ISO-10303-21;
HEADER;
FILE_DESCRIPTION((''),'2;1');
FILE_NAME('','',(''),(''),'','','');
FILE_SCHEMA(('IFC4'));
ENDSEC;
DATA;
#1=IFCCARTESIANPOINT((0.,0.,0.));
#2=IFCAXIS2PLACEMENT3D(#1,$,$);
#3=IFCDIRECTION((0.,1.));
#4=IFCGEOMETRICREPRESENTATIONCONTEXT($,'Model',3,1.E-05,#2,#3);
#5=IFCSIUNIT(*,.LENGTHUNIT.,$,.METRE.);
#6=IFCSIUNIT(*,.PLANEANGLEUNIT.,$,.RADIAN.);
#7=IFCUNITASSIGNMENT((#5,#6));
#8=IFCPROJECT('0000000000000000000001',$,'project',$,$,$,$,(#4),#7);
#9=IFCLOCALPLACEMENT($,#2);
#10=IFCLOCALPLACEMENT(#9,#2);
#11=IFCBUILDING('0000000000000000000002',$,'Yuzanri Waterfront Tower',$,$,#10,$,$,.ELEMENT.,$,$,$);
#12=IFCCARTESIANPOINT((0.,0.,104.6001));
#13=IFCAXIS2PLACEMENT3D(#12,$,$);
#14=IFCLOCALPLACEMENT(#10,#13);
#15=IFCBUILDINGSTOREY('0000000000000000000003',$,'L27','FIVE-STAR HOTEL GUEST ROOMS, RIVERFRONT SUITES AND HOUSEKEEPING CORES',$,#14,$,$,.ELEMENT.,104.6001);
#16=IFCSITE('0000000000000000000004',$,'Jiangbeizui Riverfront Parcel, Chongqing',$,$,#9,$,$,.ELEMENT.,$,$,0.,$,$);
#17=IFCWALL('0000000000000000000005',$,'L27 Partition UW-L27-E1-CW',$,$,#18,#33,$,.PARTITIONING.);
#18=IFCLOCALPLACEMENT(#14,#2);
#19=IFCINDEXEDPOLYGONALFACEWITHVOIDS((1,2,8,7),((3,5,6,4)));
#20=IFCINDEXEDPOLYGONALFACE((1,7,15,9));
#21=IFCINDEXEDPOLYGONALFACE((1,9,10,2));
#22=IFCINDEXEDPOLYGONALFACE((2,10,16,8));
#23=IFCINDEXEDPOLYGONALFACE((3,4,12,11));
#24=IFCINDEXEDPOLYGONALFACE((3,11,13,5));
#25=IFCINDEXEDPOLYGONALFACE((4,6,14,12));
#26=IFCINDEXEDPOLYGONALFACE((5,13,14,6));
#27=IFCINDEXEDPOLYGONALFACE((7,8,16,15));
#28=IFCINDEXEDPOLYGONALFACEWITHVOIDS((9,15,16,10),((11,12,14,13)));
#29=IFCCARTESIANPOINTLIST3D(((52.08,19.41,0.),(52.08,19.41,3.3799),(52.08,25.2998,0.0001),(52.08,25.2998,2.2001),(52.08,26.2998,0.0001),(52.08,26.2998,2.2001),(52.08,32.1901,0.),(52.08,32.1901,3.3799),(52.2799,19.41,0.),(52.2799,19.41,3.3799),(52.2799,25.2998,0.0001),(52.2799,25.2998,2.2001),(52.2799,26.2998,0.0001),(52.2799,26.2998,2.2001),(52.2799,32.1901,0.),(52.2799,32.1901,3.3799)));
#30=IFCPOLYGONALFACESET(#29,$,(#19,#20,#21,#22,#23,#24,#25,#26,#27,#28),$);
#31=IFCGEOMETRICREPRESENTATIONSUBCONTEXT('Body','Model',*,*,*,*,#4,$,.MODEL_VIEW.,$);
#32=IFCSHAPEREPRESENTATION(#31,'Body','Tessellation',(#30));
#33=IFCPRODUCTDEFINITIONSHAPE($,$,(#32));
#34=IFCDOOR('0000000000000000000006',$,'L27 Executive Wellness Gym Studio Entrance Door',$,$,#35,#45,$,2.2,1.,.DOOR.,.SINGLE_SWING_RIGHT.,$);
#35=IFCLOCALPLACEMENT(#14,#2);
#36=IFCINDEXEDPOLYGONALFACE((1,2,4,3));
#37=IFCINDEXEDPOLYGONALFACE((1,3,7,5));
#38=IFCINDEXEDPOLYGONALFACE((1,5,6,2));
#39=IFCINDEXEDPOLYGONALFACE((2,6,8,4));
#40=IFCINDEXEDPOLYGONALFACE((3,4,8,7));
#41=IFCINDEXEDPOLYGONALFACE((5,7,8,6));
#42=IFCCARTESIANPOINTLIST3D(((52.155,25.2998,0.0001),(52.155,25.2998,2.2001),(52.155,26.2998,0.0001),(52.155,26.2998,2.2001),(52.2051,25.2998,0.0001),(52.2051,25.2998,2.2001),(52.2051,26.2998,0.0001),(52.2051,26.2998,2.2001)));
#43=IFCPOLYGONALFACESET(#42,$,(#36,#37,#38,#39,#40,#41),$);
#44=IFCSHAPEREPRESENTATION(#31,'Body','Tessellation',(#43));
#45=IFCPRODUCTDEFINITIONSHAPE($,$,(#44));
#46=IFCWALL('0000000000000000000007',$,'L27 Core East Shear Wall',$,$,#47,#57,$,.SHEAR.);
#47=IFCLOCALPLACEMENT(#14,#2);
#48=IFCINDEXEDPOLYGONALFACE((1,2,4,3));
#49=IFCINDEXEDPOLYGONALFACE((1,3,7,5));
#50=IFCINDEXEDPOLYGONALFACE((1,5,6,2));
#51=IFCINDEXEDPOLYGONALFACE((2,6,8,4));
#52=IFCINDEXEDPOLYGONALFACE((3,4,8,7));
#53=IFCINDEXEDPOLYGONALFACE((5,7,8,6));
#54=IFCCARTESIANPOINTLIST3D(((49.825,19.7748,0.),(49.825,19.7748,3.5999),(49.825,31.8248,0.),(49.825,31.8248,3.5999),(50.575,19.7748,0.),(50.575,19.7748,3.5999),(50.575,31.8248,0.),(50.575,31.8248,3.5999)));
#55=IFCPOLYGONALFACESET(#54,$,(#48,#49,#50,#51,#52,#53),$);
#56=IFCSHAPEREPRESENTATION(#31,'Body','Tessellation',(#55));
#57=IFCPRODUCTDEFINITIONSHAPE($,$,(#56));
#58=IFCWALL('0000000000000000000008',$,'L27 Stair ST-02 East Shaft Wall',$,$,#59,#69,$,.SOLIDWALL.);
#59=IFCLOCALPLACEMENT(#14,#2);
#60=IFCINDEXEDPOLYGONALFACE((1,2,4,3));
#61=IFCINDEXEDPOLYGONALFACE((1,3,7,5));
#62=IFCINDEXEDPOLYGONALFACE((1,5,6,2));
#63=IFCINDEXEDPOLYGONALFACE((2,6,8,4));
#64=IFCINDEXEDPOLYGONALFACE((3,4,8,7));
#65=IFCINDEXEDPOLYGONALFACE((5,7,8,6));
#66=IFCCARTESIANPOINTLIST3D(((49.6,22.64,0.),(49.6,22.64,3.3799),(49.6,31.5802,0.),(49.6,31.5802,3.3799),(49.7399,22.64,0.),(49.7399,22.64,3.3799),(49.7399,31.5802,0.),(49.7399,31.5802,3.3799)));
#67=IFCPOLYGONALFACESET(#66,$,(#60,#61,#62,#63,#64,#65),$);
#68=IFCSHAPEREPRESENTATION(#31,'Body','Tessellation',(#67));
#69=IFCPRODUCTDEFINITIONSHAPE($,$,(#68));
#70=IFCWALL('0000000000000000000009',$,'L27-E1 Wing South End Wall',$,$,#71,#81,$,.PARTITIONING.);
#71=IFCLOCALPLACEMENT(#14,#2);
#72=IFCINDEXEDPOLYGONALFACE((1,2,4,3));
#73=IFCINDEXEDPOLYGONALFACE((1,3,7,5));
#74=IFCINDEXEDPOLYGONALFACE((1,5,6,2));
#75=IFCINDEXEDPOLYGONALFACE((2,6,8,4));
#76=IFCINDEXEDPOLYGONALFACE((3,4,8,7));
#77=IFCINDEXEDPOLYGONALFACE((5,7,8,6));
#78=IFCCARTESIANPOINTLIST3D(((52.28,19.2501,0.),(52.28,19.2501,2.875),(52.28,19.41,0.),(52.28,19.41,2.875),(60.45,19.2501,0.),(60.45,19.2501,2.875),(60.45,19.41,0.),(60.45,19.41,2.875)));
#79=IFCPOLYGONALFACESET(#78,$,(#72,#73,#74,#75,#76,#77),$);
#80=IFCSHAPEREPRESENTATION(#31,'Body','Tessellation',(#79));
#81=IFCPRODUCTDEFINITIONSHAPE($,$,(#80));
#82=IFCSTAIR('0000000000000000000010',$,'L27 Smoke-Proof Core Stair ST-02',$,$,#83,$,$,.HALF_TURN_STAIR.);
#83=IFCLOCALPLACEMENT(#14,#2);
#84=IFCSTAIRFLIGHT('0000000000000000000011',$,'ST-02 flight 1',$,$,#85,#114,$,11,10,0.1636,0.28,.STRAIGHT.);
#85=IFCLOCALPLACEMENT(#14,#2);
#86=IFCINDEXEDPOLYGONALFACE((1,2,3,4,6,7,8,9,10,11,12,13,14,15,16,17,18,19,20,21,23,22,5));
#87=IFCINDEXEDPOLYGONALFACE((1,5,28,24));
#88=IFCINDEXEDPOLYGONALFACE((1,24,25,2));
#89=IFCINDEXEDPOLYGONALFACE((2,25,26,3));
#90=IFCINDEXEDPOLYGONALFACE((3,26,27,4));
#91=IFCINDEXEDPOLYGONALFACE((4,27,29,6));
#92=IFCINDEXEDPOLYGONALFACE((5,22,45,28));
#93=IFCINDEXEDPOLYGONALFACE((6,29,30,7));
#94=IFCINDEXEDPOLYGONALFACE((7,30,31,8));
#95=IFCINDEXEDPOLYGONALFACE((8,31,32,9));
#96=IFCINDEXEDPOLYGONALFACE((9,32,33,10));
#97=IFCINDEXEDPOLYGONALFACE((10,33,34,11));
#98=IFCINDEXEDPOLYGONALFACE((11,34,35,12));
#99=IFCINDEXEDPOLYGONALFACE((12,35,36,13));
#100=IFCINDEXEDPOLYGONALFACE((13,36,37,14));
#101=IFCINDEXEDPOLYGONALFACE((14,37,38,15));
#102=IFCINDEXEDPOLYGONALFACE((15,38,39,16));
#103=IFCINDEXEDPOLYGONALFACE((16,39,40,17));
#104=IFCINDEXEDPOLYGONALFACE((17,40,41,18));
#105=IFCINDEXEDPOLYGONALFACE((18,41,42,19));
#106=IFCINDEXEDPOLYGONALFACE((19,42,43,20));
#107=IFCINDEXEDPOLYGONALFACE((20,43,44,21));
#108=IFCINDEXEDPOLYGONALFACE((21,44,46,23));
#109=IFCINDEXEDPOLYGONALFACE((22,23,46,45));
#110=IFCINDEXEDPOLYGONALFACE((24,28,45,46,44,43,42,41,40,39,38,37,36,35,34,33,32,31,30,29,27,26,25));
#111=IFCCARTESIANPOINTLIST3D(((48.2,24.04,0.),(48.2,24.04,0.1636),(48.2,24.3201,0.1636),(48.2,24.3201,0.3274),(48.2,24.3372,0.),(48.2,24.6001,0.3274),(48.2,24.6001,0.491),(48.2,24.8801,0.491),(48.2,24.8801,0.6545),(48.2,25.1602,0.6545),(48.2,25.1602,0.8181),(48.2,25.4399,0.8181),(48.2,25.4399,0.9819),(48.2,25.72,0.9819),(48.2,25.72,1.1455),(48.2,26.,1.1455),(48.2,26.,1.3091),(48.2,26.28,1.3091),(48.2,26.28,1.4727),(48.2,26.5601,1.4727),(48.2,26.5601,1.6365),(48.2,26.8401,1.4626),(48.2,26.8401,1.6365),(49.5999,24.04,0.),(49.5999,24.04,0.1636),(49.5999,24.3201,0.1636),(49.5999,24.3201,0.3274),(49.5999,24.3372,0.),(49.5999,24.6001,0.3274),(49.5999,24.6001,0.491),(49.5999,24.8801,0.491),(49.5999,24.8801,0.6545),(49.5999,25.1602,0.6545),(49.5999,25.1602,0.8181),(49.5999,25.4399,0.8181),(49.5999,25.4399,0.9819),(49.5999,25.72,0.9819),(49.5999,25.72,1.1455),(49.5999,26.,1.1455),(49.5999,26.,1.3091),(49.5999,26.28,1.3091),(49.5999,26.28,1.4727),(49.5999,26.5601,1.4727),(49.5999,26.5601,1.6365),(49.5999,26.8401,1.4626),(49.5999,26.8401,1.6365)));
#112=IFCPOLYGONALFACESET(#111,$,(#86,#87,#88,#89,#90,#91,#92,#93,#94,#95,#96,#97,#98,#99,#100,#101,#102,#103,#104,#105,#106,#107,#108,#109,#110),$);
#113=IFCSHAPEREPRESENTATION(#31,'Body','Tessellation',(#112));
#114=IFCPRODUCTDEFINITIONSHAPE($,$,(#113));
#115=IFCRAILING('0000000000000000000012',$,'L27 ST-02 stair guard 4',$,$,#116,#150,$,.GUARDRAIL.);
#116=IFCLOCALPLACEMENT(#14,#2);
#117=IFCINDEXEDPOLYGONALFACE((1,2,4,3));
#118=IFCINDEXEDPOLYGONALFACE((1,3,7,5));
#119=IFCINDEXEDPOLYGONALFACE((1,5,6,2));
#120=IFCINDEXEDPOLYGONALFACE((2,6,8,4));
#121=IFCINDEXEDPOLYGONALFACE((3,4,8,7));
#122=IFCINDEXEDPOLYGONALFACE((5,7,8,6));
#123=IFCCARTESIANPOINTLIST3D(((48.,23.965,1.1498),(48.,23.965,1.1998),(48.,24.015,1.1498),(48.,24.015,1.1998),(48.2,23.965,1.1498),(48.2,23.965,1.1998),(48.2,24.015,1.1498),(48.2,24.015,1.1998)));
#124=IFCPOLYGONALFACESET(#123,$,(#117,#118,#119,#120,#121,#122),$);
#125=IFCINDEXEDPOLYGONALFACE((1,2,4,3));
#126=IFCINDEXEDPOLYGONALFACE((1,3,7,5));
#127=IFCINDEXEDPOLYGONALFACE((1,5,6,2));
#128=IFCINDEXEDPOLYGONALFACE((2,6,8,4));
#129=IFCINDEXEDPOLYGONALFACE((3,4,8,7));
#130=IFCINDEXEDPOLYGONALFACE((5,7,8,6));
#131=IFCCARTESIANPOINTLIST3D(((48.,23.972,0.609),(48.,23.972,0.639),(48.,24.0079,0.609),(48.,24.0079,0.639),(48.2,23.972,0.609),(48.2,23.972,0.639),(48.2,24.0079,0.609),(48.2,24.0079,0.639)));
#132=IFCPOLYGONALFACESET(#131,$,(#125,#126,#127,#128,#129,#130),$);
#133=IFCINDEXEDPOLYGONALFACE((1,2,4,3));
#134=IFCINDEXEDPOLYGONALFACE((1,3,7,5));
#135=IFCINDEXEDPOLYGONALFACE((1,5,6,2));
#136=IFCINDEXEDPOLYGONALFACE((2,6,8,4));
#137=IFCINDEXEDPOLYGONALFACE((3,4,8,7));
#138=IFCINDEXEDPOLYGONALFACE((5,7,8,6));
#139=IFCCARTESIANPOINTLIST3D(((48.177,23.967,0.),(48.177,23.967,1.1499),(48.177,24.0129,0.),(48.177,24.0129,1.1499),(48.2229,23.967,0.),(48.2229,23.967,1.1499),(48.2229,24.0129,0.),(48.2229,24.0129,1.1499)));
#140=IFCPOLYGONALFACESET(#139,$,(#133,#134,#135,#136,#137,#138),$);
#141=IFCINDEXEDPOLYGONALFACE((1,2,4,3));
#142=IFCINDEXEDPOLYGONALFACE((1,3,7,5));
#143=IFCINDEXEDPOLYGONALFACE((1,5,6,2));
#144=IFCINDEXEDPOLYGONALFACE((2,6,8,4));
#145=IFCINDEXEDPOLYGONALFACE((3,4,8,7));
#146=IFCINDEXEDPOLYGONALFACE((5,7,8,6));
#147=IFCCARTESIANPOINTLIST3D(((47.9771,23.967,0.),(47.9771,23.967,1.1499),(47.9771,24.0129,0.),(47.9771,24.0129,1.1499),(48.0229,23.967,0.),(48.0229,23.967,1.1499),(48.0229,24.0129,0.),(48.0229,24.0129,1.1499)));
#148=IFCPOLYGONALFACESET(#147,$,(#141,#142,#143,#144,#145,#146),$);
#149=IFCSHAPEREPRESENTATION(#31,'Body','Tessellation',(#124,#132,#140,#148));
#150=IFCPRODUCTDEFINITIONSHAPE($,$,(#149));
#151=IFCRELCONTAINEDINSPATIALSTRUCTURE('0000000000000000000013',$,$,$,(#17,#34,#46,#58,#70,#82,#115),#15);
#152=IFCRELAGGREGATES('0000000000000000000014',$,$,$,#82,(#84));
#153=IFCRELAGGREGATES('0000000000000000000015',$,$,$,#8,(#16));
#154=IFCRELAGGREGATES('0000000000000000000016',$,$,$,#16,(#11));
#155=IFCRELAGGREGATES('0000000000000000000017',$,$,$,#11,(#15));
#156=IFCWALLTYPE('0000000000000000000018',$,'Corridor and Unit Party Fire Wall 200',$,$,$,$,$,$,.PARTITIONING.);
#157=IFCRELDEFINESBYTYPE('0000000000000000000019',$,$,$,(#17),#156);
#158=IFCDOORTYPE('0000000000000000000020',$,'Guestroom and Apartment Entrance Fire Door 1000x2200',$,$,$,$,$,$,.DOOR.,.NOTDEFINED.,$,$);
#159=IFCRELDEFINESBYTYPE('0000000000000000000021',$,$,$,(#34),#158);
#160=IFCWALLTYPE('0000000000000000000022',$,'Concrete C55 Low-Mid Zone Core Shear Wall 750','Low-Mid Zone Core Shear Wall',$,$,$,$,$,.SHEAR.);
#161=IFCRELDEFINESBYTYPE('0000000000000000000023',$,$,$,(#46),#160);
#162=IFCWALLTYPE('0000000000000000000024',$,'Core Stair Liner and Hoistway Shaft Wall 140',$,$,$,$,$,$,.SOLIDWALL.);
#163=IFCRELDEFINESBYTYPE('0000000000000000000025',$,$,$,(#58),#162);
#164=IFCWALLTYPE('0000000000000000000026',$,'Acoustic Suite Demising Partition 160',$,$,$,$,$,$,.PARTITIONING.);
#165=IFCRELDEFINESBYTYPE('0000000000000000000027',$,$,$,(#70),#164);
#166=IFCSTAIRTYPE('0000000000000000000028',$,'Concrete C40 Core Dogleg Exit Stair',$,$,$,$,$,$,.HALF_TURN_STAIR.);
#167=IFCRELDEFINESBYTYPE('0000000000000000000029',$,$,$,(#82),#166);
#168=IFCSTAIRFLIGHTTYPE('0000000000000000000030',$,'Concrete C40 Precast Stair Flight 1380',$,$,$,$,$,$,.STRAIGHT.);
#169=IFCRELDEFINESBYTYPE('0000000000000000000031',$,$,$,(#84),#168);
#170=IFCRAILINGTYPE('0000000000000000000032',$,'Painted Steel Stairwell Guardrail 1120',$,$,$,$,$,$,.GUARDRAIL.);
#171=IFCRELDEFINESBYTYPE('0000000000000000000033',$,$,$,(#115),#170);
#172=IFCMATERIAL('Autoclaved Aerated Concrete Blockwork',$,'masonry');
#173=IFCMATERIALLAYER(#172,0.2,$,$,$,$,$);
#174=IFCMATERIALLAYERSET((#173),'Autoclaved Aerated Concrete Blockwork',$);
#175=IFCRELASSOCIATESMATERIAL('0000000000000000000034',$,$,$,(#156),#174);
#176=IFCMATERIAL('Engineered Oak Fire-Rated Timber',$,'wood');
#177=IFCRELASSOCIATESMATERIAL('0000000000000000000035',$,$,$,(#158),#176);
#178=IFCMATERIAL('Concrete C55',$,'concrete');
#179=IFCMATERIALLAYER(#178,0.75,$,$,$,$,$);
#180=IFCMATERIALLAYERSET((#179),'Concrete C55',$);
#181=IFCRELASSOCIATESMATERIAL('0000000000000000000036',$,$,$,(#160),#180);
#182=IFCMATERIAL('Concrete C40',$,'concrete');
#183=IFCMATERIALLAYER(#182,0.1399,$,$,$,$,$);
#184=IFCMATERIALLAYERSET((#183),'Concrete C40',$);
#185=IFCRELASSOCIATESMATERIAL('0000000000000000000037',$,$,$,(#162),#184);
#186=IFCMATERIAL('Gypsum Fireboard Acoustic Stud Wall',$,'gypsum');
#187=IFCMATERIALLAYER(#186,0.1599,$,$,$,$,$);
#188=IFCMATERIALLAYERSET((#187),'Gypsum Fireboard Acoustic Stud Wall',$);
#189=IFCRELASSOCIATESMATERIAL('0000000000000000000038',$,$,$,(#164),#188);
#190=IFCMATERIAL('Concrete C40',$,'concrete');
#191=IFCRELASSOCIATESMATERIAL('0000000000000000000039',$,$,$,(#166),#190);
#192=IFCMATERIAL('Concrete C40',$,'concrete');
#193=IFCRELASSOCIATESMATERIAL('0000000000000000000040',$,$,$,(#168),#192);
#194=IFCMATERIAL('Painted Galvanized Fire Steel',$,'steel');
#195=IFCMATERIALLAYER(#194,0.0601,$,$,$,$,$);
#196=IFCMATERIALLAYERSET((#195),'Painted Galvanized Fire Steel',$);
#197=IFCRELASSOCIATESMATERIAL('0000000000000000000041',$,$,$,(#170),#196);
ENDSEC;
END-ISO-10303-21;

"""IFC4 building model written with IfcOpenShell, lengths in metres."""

from ifc_helpers import new_model, si_unit, direction, frame, frame_2d, origin, origin_2d, place, context, subcontext, project, spatial, polyline, rectangle, outline, extrude, source, transform, mapped, material, layer, layer_set, type_object, element, fill, aggregate, save


model = new_model("IFC4")

# Units and contexts
model_context = context("Model", 3, precision=1e-05, world=origin(), true_north=direction((0.0, 1.0)))
body_context = subcontext(model_context, "Body", "Model", "MODEL_VIEW")
ifc_project = project(units=[si_unit("LENGTHUNIT", "METRE"), si_unit("PLANEANGLEUNIT", "RADIAN")], contexts=[model_context])

# Site, building, storey
site_placement = place(None, origin())
site = spatial("IfcSite", under=ifc_project, at=site_placement, Name="Jiangbeizui Riverfront Parcel, Chongqing", CompositionType="ELEMENT", RefElevation=0.0)
building_placement = place(site_placement, origin())
building = spatial("IfcBuilding", under=site, at=building_placement, Name="Yuzanri Waterfront Tower", CompositionType="ELEMENT")
storey_placement = place(building_placement, frame((0.0, 0.0, 104.6001)))
storey = spatial("IfcBuildingStorey", under=building, at=storey_placement, Name="L27", Description="FIVE-STAR HOTEL GUEST ROOMS, RIVERFRONT SUITES AND HOUSEKEEPING CORES", CompositionType="ELEMENT", Elevation=104.6001)

# Wall, opening, door
ifc_material_1 = material(Name="Autoclaved Aerated Concrete Blockwork", Category="masonry")
ifc_layer_1 = layer(ifc_material_1, 0.2)
ifc_layer_set_1 = layer_set([ifc_layer_1], Name="Autoclaved Aerated Concrete Blockwork")
wall_type_1 = type_object("IfcWallType", Name="Corridor and Unit Party Fire Wall 200", PredefinedType="PARTITIONING", material=ifc_layer_set_1)
wall_1_placement = place(storey_placement, frame((52.1799, 19.4099, 0.0), z_axis=(0.0, 0.0, 1.0), x_axis=(0.0, 1.0, 0.0)))
wall_1 = element("IfcWall", 1, at=wall_1_placement, inside=storey, type_object=wall_type_1, Name="L27 Partition UW-L27-E1-CW", PredefinedType="PARTITIONING", context=body_context, shape_type="SweptSolid", body=[
    extrude(rectangle(XDim=12.78, YDim=0.2, at=frame_2d((6.3901, 0.0))), origin(), (0.0, 0.0, 1.0), 3.3799),
])
opening_placement = place(wall_1_placement, frame((5.8899, 0.0, 0.0)))
opening = element("IfcOpeningElement", 2, at=opening_placement, cuts=wall_1, PredefinedType="OPENING", context=body_context, shape_type="SweptSolid", body=[
    extrude(rectangle(XDim=1.0, YDim=2.2, at=frame_2d((0.5, 1.1001))), frame((0.0, 0.1147, 0.0), z_axis=(0.0, -1.0, 0.0), x_axis=(1.0, 0.0, 0.0)), (0.0, 0.0, 1.0), 0.2297),
])
ifc_material_2 = material(Name="Engineered Oak Fire-Rated Timber", Category="wood")
door_type = type_object("IfcDoorType", Name="Guestroom and Apartment Entrance Fire Door 1000x2200", OperationType="NOTDEFINED", PredefinedType="DOOR", material=ifc_material_2)
shared_shape_1 = source(origin(), body_context, "Body", "SweptSolid", [
    extrude(rectangle(XDim=1.0, YDim=2.2, at=frame_2d((0.5, 1.1001))), frame((0.0, 0.0249, 0.0), z_axis=(0.0, -1.0, 0.0), x_axis=(1.0, 0.0, 0.0)), (0.0, 0.0, 1.0), 0.05),
])
door_placement = place(opening_placement, origin())
door = element("IfcDoor", 3, at=door_placement, inside=storey, type_object=door_type, Name="L27 Executive Wellness Gym Studio Entrance Door", OperationType="SINGLE_SWING_RIGHT", OverallHeight=2.2, OverallWidth=1.0, PredefinedType="DOOR", context=body_context, shape_type="MappedRepresentation", body=[
    mapped(shared_shape_1, transform((0.0, 0.0, 0.0), scale=1.0)),
])
fill(opening, door)

# Walls
ifc_material_3 = material(Name="Concrete C55", Category="concrete")
ifc_layer_2 = layer(ifc_material_3, 0.75)
ifc_layer_set_2 = layer_set([ifc_layer_2], Name="Concrete C55")
wall_type_2 = type_object("IfcWallType", Name="Concrete C55 Low-Mid Zone Core Shear Wall 750", Description="Low-Mid Zone Core Shear Wall", PredefinedType="SHEAR", material=ifc_layer_set_2)
shared_shape_2 = source(origin(), body_context, "Body", "SweptSolid", [
    extrude(rectangle(XDim=12.05, YDim=0.75, at=frame_2d((6.0249, 0.0))), origin(), (0.0, 0.0, 1.0), 3.5999),
])
wall_2_placement = place(storey_placement, frame((50.2, 19.7749, 0.0), z_axis=(0.0, 0.0, 1.0), x_axis=(0.0, 1.0, 0.0)))
element("IfcWall", 4, at=wall_2_placement, inside=storey, type_object=wall_type_2, Name="L27 Core East Shear Wall", PredefinedType="SHEAR", context=body_context, shape_type="MappedRepresentation", body=[
    mapped(shared_shape_2, transform((0.0, 0.0, 0.0), scale=1.0)),
])
ifc_material_4 = material(Name="Concrete C40", Category="concrete")
ifc_layer_3 = layer(ifc_material_4, 0.1399)
ifc_layer_set_3 = layer_set([ifc_layer_3], Name="Concrete C40")
wall_type_3 = type_object("IfcWallType", Name="Core Stair Liner and Hoistway Shaft Wall 140", PredefinedType="SOLIDWALL", material=ifc_layer_set_3)
shared_shape_3 = source(origin(), body_context, "Body", "SweptSolid", [
    extrude(rectangle(XDim=8.9402, YDim=0.1399, at=frame_2d((4.4702, 0.0))), origin(), (0.0, 0.0, 1.0), 3.3799),
])
wall_3_placement = place(storey_placement, frame((49.6699, 22.6399, 0.0), z_axis=(0.0, 0.0, 1.0), x_axis=(0.0, 1.0, 0.0)))
element("IfcWall", 5, at=wall_3_placement, inside=storey, type_object=wall_type_3, Name="L27 Stair ST-02 East Shaft Wall", PredefinedType="SOLIDWALL", context=body_context, shape_type="MappedRepresentation", body=[
    mapped(shared_shape_3, transform((0.0, 0.0, 0.0), scale=1.0)),
])
ifc_material_5 = material(Name="Gypsum Fireboard Acoustic Stud Wall", Category="gypsum")
ifc_layer_4 = layer(ifc_material_5, 0.1599)
ifc_layer_set_4 = layer_set([ifc_layer_4], Name="Gypsum Fireboard Acoustic Stud Wall")
wall_type_4 = type_object("IfcWallType", Name="Acoustic Suite Demising Partition 160", PredefinedType="PARTITIONING", material=ifc_layer_set_4)
shared_shape_4 = source(origin(), body_context, "Body", "SweptSolid", [
    extrude(rectangle(XDim=8.1699, YDim=0.1599, at=frame_2d((4.085, 0.0))), origin(), (0.0, 0.0, 1.0), 2.875),
])
wall_4_placement = place(storey_placement, frame((52.28, 19.3301, 0.0), z_axis=(0.0, 0.0, 1.0), x_axis=(1.0, 0.0, 0.0)))
element("IfcWall", 6, at=wall_4_placement, inside=storey, type_object=wall_type_4, Name="L27-E1 Wing South End Wall", PredefinedType="PARTITIONING", context=body_context, shape_type="MappedRepresentation", body=[
    mapped(shared_shape_4, transform((0.0, 0.0, 0.0), scale=1.0)),
])

# Stair, stair flight
ifc_material_6 = material(Name="Concrete C40", Category="concrete")
stair_type = type_object("IfcStairType", Name="Concrete C40 Core Dogleg Exit Stair", PredefinedType="HALF_TURN_STAIR", material=ifc_material_6)
stair_placement = place(storey_placement, origin())
stair = element("IfcStair", 7, at=stair_placement, inside=storey, type_object=stair_type, Name="L27 Smoke-Proof Core Stair ST-02", PredefinedType="HALF_TURN_STAIR")
ifc_material_7 = material(Name="Concrete C40", Category="concrete")
stair_flight_type = type_object("IfcStairFlightType", Name="Concrete C40 Precast Stair Flight 1380", PredefinedType="STRAIGHT", material=ifc_material_7)
shared_shape_5 = source(origin(), body_context, "Body", "SweptSolid", [
    extrude(outline(polyline([(0.0, 0.0), (0.0, 0.1636), (0.28, 0.1636), (0.28, 0.3274), (0.5601, 0.3274), (0.5601, 0.491), (0.8401, 0.491), (0.8401, 0.6545), (1.1201, 0.6545), (1.1201, 0.8181), (1.3999, 0.8181), (1.3999, 0.9819), (1.6799, 0.9819), (1.6799, 1.1455), (1.96, 1.1455), (1.96, 1.3091), (2.24, 1.3091), (2.24, 1.4727), (2.52, 1.4727), (2.52, 1.6365), (2.8, 1.6365), (2.8, 1.8), (2.8, 1.4626), (0.2971, 0.0), (0.0, 0.0)])), frame((0.0, 0.7, 0.0), z_axis=(0.0, -1.0, 0.0), x_axis=(1.0, 0.0, 0.0)), (0.0, 0.0, 1.0), 1.3999),
])
stair_flight_placement = place(storey_placement, frame((48.8999, 24.04, 0.0), z_axis=(0.0, 0.0, 1.0), x_axis=(0.0, 1.0, 0.0)))
stair_flight = element("IfcStairFlight", 8, at=stair_flight_placement, type_object=stair_flight_type, Name="ST-02 flight 1", NumberOfRisers=11, NumberOfTreads=10, PredefinedType="STRAIGHT", RiserHeight=0.1636, TreadLength=0.28, context=body_context, shape_type="MappedRepresentation", body=[
    mapped(shared_shape_5, transform((0.0, 0.0, 0.0), scale=1.0)),
])
aggregate(stair, [stair_flight])

# Railing
ifc_material_8 = material(Name="Painted Galvanized Fire Steel", Category="steel")
ifc_layer_5 = layer(ifc_material_8, 0.0601)
ifc_layer_set_5 = layer_set([ifc_layer_5], Name="Painted Galvanized Fire Steel")
railing_type_1 = type_object("IfcRailingType", Name="Painted Steel Stairwell Guardrail 1120", PredefinedType="GUARDRAIL", material=ifc_layer_set_5)
shared_shape_6 = source(origin(), body_context, "Body", "SweptSolid", [
    extrude(rectangle(XDim=0.05, YDim=0.05, at=origin_2d()), frame((0.0, 0.0, 1.1748), z_axis=(-1.0, 0.0, 0.0), x_axis=(0.0, -1.0, 0.0)), (0.0, 0.0, 1.0), 0.2),
    extrude(rectangle(XDim=0.0359, YDim=0.03, at=origin_2d()), frame((0.0, 0.0, 0.624), z_axis=(-1.0, 0.0, 0.0), x_axis=(0.0, -1.0, 0.0)), (0.0, 0.0, 1.0), 0.2),
    extrude(rectangle(XDim=0.0459, YDim=0.0459, at=origin_2d()), origin(), (0.0, 0.0, 1.0), 1.1499),
    extrude(rectangle(XDim=0.0459, YDim=0.0459, at=origin_2d()), frame((-0.2, 0.0, 0.0)), (0.0, 0.0, 1.0), 1.1499),
])
railing_1_placement = place(storey_placement, frame((48.2, 23.99, 0.0)))
element("IfcRailing", 9, at=railing_1_placement, inside=storey, type_object=railing_type_1, Name="L27 ST-02 stair guard 4", PredefinedType="GUARDRAIL", context=body_context, shape_type="MappedRepresentation", body=[
    mapped(shared_shape_6, transform((0.0, 0.0, 0.0), scale=1.0)),
])

save(model, "model.ifc")
